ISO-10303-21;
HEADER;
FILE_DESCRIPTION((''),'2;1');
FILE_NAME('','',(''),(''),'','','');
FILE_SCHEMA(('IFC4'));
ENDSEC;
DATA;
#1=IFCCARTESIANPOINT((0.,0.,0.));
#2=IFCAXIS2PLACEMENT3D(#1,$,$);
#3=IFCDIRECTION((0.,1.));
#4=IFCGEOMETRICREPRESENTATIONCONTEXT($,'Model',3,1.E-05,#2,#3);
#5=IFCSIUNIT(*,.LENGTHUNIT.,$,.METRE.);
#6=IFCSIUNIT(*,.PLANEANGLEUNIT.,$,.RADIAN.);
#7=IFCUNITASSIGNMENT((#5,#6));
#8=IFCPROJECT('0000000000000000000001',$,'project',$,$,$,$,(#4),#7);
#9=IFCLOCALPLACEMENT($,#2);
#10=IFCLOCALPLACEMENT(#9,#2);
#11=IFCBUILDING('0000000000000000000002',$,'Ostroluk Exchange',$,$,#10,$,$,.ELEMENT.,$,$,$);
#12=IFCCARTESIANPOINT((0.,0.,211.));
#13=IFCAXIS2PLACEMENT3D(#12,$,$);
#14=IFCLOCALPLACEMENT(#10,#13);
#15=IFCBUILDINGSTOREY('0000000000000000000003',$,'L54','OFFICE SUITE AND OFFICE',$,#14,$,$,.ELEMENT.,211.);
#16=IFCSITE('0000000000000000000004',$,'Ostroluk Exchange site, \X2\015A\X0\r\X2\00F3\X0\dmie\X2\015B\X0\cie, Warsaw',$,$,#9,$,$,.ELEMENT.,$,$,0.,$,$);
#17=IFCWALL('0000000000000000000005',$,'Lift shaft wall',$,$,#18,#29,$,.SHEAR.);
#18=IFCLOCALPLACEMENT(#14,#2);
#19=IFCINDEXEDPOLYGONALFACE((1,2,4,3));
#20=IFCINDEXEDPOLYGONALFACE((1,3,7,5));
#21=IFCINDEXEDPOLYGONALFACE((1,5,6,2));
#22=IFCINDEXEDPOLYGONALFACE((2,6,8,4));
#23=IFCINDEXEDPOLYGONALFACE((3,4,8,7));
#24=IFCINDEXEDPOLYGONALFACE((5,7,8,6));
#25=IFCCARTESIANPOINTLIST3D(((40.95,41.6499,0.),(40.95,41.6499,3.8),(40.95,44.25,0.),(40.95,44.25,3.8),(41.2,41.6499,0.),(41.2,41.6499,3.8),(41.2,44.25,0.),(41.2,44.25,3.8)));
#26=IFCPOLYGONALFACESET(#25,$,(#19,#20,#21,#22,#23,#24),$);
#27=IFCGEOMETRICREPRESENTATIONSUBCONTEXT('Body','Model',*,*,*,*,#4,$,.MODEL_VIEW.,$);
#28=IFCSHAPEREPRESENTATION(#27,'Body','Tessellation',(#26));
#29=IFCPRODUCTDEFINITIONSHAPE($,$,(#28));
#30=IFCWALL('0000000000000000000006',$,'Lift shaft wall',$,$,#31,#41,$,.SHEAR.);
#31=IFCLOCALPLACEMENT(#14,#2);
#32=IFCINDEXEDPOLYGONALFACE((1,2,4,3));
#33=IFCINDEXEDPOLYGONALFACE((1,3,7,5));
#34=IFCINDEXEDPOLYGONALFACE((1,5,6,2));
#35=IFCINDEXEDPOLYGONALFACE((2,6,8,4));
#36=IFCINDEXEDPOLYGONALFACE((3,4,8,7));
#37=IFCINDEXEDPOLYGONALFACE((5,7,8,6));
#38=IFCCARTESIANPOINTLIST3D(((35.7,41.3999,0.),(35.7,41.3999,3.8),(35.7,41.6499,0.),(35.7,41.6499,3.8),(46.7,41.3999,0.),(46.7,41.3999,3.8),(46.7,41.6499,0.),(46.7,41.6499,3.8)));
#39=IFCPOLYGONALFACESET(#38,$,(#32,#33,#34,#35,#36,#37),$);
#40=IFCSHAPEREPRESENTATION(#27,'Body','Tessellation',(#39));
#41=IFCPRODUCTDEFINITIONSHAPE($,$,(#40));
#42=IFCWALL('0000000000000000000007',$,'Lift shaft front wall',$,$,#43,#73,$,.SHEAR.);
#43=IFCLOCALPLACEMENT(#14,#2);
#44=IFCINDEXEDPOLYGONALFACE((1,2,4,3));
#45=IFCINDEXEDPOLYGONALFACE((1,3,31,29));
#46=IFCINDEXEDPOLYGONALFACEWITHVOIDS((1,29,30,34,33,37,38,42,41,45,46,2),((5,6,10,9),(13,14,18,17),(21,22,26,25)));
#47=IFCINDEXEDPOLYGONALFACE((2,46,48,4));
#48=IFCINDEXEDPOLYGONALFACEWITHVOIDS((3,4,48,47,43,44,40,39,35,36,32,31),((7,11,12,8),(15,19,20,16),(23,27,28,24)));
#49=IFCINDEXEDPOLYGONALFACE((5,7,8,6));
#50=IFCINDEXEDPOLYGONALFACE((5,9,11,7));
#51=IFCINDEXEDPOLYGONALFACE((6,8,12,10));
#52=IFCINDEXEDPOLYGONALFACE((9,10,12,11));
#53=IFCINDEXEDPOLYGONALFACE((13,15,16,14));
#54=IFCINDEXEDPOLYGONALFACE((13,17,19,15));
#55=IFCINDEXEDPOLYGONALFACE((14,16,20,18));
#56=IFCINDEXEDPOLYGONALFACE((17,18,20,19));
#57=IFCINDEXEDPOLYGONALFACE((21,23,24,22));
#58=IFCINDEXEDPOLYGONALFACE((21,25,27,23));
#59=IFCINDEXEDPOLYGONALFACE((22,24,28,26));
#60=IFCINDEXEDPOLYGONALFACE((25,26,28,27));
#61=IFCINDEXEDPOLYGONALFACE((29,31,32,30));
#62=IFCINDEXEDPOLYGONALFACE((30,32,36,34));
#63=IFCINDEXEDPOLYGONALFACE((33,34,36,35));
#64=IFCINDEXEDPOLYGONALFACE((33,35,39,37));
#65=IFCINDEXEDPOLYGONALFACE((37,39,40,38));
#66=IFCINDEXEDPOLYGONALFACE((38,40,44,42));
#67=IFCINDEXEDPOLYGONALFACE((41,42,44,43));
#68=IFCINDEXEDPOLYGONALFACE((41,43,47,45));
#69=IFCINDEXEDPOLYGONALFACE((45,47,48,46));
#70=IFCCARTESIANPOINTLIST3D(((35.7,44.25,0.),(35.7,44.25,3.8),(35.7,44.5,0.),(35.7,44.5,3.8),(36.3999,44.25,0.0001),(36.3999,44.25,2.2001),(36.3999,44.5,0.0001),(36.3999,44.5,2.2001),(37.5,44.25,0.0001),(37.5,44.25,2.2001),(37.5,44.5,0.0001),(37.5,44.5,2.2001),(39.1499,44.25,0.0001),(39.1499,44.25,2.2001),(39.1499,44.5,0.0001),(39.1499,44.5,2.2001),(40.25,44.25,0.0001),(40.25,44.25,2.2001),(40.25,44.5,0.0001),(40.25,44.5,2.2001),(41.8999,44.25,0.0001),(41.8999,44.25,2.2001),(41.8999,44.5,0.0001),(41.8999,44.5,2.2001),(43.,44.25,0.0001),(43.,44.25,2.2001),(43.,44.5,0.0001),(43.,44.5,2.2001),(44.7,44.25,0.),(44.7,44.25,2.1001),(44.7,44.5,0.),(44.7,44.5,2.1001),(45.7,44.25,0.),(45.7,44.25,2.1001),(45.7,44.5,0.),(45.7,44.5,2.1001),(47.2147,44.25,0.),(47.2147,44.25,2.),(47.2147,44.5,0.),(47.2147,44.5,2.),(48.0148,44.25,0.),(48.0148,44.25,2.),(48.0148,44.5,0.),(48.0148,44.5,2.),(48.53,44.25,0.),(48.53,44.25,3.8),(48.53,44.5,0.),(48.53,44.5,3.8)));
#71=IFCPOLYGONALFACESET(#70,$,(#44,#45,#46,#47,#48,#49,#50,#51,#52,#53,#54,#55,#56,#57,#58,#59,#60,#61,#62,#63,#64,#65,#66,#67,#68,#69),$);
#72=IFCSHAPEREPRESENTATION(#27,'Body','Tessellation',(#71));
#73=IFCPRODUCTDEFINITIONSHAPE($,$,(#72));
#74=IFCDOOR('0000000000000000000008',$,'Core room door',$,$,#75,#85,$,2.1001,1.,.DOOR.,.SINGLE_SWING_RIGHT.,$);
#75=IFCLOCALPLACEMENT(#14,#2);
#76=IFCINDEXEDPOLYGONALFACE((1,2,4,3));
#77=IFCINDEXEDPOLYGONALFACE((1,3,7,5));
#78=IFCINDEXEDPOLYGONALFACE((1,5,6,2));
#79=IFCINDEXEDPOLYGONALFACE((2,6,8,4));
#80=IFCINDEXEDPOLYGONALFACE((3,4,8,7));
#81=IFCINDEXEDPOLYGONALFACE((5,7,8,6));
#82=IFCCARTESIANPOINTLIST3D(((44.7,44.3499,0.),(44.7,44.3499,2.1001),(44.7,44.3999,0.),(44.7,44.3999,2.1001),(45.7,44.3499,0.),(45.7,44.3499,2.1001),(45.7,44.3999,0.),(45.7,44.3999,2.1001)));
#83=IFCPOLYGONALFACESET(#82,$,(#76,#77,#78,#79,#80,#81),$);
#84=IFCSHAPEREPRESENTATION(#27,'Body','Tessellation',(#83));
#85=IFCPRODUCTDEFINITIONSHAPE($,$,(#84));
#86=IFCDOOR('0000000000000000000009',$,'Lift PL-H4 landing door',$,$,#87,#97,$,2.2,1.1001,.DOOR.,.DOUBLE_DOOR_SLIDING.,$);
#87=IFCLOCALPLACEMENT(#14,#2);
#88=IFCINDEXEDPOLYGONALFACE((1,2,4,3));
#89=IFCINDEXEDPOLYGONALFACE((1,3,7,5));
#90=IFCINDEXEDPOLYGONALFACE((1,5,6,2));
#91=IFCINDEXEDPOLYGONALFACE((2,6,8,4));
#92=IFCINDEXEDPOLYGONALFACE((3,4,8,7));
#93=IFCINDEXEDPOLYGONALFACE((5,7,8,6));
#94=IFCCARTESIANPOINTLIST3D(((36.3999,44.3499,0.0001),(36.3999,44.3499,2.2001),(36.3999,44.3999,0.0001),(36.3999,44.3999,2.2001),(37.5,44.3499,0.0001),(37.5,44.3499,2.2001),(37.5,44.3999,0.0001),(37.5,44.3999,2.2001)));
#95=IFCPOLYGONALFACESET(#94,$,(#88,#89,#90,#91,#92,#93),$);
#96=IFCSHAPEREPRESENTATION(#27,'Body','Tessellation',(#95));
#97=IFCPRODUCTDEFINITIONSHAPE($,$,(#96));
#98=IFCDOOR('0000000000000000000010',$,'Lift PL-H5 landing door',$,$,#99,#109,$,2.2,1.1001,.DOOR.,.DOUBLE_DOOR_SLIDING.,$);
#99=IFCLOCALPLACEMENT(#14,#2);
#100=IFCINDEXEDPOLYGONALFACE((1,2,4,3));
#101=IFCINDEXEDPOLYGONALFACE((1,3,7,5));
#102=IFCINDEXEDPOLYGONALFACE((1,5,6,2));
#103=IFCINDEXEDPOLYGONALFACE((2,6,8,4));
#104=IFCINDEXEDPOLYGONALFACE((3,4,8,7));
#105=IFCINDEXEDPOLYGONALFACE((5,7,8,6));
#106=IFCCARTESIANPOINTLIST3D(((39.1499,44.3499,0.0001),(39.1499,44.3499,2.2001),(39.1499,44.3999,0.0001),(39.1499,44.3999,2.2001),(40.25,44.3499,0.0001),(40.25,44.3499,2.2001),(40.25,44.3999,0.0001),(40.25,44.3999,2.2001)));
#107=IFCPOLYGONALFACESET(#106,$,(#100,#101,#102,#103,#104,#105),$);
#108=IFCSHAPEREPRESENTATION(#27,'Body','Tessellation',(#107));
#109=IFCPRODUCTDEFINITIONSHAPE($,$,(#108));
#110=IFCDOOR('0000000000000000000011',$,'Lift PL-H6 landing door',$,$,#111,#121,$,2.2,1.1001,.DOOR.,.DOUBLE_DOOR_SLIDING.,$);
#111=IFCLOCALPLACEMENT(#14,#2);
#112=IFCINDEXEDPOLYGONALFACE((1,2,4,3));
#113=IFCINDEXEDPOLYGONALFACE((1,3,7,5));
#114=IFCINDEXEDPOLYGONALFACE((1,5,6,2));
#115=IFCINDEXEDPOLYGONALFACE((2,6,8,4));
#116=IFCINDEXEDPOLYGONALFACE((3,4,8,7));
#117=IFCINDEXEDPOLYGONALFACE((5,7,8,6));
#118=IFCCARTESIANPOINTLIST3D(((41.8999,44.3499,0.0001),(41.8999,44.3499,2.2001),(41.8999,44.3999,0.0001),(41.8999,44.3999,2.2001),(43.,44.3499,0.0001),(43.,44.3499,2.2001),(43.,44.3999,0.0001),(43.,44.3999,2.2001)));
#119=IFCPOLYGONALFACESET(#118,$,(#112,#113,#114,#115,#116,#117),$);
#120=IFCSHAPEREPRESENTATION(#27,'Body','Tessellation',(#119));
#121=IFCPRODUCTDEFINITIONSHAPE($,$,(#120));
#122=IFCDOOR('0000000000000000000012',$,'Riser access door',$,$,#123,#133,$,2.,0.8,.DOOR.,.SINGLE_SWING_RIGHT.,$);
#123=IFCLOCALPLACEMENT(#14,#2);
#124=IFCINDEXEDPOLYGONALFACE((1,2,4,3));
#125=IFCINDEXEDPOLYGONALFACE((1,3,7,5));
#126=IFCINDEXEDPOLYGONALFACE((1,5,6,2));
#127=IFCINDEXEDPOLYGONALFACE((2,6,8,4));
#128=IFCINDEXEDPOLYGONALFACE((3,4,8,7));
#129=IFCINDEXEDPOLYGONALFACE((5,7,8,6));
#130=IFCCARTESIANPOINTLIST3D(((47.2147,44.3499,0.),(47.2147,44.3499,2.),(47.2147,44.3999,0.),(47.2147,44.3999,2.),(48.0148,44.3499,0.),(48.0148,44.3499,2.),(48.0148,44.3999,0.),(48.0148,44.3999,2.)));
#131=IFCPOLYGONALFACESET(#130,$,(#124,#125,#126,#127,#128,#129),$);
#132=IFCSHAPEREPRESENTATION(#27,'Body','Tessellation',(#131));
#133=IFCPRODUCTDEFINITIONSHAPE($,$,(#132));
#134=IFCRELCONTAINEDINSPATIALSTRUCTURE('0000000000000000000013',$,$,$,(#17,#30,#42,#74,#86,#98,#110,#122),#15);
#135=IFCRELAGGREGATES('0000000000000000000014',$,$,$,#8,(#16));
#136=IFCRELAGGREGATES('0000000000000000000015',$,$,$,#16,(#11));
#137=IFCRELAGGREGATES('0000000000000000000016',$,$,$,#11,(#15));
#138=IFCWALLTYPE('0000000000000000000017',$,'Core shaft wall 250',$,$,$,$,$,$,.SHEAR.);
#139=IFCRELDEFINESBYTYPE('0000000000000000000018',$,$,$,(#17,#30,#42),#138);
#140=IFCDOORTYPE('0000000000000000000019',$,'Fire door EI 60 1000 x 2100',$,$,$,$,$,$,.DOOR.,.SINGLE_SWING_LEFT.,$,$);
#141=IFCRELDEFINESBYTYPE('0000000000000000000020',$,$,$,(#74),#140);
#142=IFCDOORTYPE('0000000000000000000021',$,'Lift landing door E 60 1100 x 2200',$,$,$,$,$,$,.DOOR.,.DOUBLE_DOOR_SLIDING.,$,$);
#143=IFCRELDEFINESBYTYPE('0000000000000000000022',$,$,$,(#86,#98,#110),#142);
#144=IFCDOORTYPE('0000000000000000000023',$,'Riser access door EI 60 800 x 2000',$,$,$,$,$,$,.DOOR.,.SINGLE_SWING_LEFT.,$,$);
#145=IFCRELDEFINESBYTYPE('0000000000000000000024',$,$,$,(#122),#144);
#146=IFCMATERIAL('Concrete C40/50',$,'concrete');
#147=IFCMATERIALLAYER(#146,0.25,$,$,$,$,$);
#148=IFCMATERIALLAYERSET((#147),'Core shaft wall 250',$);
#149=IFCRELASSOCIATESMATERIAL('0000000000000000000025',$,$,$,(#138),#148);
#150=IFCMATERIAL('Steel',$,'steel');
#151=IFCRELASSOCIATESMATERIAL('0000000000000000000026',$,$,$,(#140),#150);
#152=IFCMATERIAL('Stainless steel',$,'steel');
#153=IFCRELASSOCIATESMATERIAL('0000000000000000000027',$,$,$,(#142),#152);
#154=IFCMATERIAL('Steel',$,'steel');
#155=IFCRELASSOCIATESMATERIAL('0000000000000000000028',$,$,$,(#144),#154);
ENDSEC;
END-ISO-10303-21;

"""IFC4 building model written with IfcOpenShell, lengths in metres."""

from ifc_helpers import new_model, si_unit, direction, frame, frame_2d, origin, place, context, subcontext, project, spatial, rectangle, extrude, material, layer, layer_set, type_object, element, fill, save


model = new_model("IFC4")

# Units and contexts
model_context = context("Model", 3, precision=1e-05, world=origin(), true_north=direction((0.0, 1.0)))
body_context = subcontext(model_context, "Body", "Model", "MODEL_VIEW")
ifc_project = project(units=[si_unit("LENGTHUNIT", "METRE"), si_unit("PLANEANGLEUNIT", "RADIAN")], contexts=[model_context])

# Site, building, storey
site_placement = place(None, origin())
site = spatial("IfcSite", under=ifc_project, at=site_placement, Name="Ostroluk Exchange site, Śródmieście, Warsaw", CompositionType="ELEMENT", RefElevation=0.0)
building_placement = place(site_placement, origin())
building = spatial("IfcBuilding", under=site, at=building_placement, Name="Ostroluk Exchange", CompositionType="ELEMENT")
storey_placement = place(building_placement, frame((0.0, 0.0, 211.0)))
storey = spatial("IfcBuildingStorey", under=building, at=storey_placement, Name="L54", Description="OFFICE SUITE AND OFFICE", CompositionType="ELEMENT", Elevation=211.0)

# Shared definitions
ifc_material_1 = material(Name="Concrete C40/50", Category="concrete")
ifc_layer_1 = layer(ifc_material_1, 0.25)
ifc_layer_set_1 = layer_set([ifc_layer_1], Name="Core shaft wall 250")
wall_type_1 = type_object("IfcWallType", Name="Core shaft wall 250", PredefinedType="SHEAR", material=ifc_layer_set_1)

# Walls
for number, where, z_axis, x_axis, name in (
    (1, (41.075, 44.25, 0.0), (0.0, 0.0, 1.0), (0.0, -1.0, 0.0), "Lift shaft wall"),
):
    element("IfcWall", number, at=place(storey_placement, frame(where, z_axis=z_axis, x_axis=x_axis)), inside=storey, type_object=wall_type_1, Name=name, PredefinedType="SHEAR", context=body_context, shape_type="SweptSolid", body=[
        extrude(rectangle(XDim=2.6001, YDim=0.25, at=frame_2d((1.3, 0.0))), origin(), (0.0, 0.0, 1.0), 3.8),
    ])
wall_1_placement = place(storey_placement, frame((35.7, 41.5249, 0.0), z_axis=(0.0, 0.0, 1.0), x_axis=(1.0, 0.0, 0.0)))
element("IfcWall", 2, at=wall_1_placement, inside=storey, type_object=wall_type_1, Name="Lift shaft wall", PredefinedType="SHEAR", context=body_context, shape_type="SweptSolid", body=[
    extrude(rectangle(XDim=11.0, YDim=0.25, at=frame_2d((5.5, 0.0))), origin(), (0.0, 0.0, 1.0), 3.8),
])

# Wall, openings, doors
wall_2_placement = place(storey_placement, frame((35.7, 44.375, 0.0), z_axis=(0.0, 0.0, 1.0), x_axis=(1.0, 0.0, 0.0)))
wall_2 = element("IfcWall", 3, at=wall_2_placement, inside=storey, type_object=wall_type_1, Name="Lift shaft front wall", PredefinedType="SHEAR", context=body_context, shape_type="SweptSolid", body=[
    extrude(rectangle(XDim=12.8301, YDim=0.25, at=frame_2d((6.415, 0.0))), origin(), (0.0, 0.0, 1.0), 3.8),
])
opening_1_placement = place(wall_2_placement, frame((0.7, 0.0, 0.0)))
opening_1 = element("IfcOpeningElement", 4, at=opening_1_placement, cuts=wall_2, PredefinedType="OPENING", context=body_context, shape_type="SweptSolid", body=[
    extrude(rectangle(XDim=1.1001, YDim=2.2, at=frame_2d((0.55, 1.1001))), frame((0.0, 0.135, 0.0), z_axis=(0.0, -1.0, 0.0), x_axis=(1.0, 0.0, 0.0)), (0.0, 0.0, 1.0), 0.27),
])
opening_2_placement = place(wall_2_placement, frame((3.45, 0.0, 0.0)))
opening_2 = element("IfcOpeningElement", 5, at=opening_2_placement, cuts=wall_2, PredefinedType="OPENING", context=body_context, shape_type="SweptSolid", body=[
    extrude(rectangle(XDim=1.1001, YDim=2.2, at=frame_2d((0.55, 1.1001))), frame((0.0, 0.135, 0.0), z_axis=(0.0, -1.0, 0.0), x_axis=(1.0, 0.0, 0.0)), (0.0, 0.0, 1.0), 0.27),
])
opening_3_placement = place(wall_2_placement, frame((6.2, 0.0, 0.0)))
opening_3 = element("IfcOpeningElement", 6, at=opening_3_placement, cuts=wall_2, PredefinedType="OPENING", context=body_context, shape_type="SweptSolid", body=[
    extrude(rectangle(XDim=1.1001, YDim=2.2, at=frame_2d((0.55, 1.1001))), frame((0.0, 0.135, 0.0), z_axis=(0.0, -1.0, 0.0), x_axis=(1.0, 0.0, 0.0)), (0.0, 0.0, 1.0), 0.27),
])
opening_4_placement = place(wall_2_placement, frame((9.0, 0.0, 0.0)))
opening_4 = element("IfcOpeningElement", 7, at=opening_4_placement, cuts=wall_2, PredefinedType="OPENING", context=body_context, shape_type="SweptSolid", body=[
    extrude(rectangle(XDim=1.0, YDim=2.1001, at=frame_2d((0.5, 1.05))), frame((0.0, 0.135, 0.0), z_axis=(0.0, -1.0, 0.0), x_axis=(1.0, 0.0, 0.0)), (0.0, 0.0, 1.0), 0.27),
])
opening_5_placement = place(wall_2_placement, frame((11.5149, 0.0, 0.0)))
opening_5 = element("IfcOpeningElement", 8, at=opening_5_placement, cuts=wall_2, PredefinedType="OPENING", context=body_context, shape_type="SweptSolid", body=[
    extrude(rectangle(XDim=0.8, YDim=2.0, at=frame_2d((0.3999, 1.0))), frame((0.0, 0.135, 0.0), z_axis=(0.0, -1.0, 0.0), x_axis=(1.0, 0.0, 0.0)), (0.0, 0.0, 1.0), 0.27),
])
ifc_material_2 = material(Name="Steel", Category="steel")
door_type_1 = type_object("IfcDoorType", Name="Fire door EI 60 1000 x 2100", OperationType="SINGLE_SWING_LEFT", PredefinedType="DOOR", material=ifc_material_2)
door_1_placement = place(opening_4_placement, origin())
door_1 = element("IfcDoor", 9, at=door_1_placement, inside=storey, type_object=door_type_1, Name="Core room door", OperationType="SINGLE_SWING_RIGHT", OverallHeight=2.1001, OverallWidth=1.0, PredefinedType="DOOR", context=body_context, shape_type="SweptSolid", body=[
    extrude(rectangle(XDim=1.0, YDim=2.1001, at=frame_2d((0.5, 1.05))), frame((0.0, 0.0249, 0.0), z_axis=(0.0, -1.0, 0.0), x_axis=(1.0, 0.0, 0.0)), (0.0, 0.0, 1.0), 0.05),
])
fill(opening_4, door_1)
ifc_material_3 = material(Name="Stainless steel", Category="steel")
door_type_2 = type_object("IfcDoorType", Name="Lift landing door E 60 1100 x 2200", OperationType="DOUBLE_DOOR_SLIDING", PredefinedType="DOOR", material=ifc_material_3)
door_2_placement = place(opening_1_placement, origin())
door_2 = element("IfcDoor", 10, at=door_2_placement, inside=storey, type_object=door_type_2, Name="Lift PL-H4 landing door", OperationType="DOUBLE_DOOR_SLIDING", OverallHeight=2.2, OverallWidth=1.1001, PredefinedType="DOOR", context=body_context, shape_type="SweptSolid", body=[
    extrude(rectangle(XDim=1.1001, YDim=2.2, at=frame_2d((0.55, 1.1001))), frame((0.0, 0.0249, 0.0), z_axis=(0.0, -1.0, 0.0), x_axis=(1.0, 0.0, 0.0)), (0.0, 0.0, 1.0), 0.05),
])
fill(opening_1, door_2)
door_3_placement = place(opening_2_placement, origin())
door_3 = element("IfcDoor", 11, at=door_3_placement, inside=storey, type_object=door_type_2, Name="Lift PL-H5 landing door", OperationType="DOUBLE_DOOR_SLIDING", OverallHeight=2.2, OverallWidth=1.1001, PredefinedType="DOOR", context=body_context, shape_type="SweptSolid", body=[
    extrude(rectangle(XDim=1.1001, YDim=2.2, at=frame_2d((0.55, 1.1001))), frame((0.0, 0.0249, 0.0), z_axis=(0.0, -1.0, 0.0), x_axis=(1.0, 0.0, 0.0)), (0.0, 0.0, 1.0), 0.05),
])
fill(opening_2, door_3)
door_4_placement = place(opening_3_placement, origin())
door_4 = element("IfcDoor", 12, at=door_4_placement, inside=storey, type_object=door_type_2, Name="Lift PL-H6 landing door", OperationType="DOUBLE_DOOR_SLIDING", OverallHeight=2.2, OverallWidth=1.1001, PredefinedType="DOOR", context=body_context, shape_type="SweptSolid", body=[
    extrude(rectangle(XDim=1.1001, YDim=2.2, at=frame_2d((0.55, 1.1001))), frame((0.0, 0.0249, 0.0), z_axis=(0.0, -1.0, 0.0), x_axis=(1.0, 0.0, 0.0)), (0.0, 0.0, 1.0), 0.05),
])
fill(opening_3, door_4)
ifc_material_4 = material(Name="Steel", Category="steel")
door_type_3 = type_object("IfcDoorType", Name="Riser access door EI 60 800 x 2000", OperationType="SINGLE_SWING_LEFT", PredefinedType="DOOR", material=ifc_material_4)
door_5_placement = place(opening_5_placement, origin())
door_5 = element("IfcDoor", 13, at=door_5_placement, inside=storey, type_object=door_type_3, Name="Riser access door", OperationType="SINGLE_SWING_RIGHT", OverallHeight=2.0, OverallWidth=0.8, PredefinedType="DOOR", context=body_context, shape_type="SweptSolid", body=[
    extrude(rectangle(XDim=0.8, YDim=2.0, at=frame_2d((0.3999, 1.0))), frame((0.0, 0.0249, 0.0), z_axis=(0.0, -1.0, 0.0), x_axis=(1.0, 0.0, 0.0)), (0.0, 0.0, 1.0), 0.05),
])
fill(opening_5, door_5)

save(model, "model.ifc")
